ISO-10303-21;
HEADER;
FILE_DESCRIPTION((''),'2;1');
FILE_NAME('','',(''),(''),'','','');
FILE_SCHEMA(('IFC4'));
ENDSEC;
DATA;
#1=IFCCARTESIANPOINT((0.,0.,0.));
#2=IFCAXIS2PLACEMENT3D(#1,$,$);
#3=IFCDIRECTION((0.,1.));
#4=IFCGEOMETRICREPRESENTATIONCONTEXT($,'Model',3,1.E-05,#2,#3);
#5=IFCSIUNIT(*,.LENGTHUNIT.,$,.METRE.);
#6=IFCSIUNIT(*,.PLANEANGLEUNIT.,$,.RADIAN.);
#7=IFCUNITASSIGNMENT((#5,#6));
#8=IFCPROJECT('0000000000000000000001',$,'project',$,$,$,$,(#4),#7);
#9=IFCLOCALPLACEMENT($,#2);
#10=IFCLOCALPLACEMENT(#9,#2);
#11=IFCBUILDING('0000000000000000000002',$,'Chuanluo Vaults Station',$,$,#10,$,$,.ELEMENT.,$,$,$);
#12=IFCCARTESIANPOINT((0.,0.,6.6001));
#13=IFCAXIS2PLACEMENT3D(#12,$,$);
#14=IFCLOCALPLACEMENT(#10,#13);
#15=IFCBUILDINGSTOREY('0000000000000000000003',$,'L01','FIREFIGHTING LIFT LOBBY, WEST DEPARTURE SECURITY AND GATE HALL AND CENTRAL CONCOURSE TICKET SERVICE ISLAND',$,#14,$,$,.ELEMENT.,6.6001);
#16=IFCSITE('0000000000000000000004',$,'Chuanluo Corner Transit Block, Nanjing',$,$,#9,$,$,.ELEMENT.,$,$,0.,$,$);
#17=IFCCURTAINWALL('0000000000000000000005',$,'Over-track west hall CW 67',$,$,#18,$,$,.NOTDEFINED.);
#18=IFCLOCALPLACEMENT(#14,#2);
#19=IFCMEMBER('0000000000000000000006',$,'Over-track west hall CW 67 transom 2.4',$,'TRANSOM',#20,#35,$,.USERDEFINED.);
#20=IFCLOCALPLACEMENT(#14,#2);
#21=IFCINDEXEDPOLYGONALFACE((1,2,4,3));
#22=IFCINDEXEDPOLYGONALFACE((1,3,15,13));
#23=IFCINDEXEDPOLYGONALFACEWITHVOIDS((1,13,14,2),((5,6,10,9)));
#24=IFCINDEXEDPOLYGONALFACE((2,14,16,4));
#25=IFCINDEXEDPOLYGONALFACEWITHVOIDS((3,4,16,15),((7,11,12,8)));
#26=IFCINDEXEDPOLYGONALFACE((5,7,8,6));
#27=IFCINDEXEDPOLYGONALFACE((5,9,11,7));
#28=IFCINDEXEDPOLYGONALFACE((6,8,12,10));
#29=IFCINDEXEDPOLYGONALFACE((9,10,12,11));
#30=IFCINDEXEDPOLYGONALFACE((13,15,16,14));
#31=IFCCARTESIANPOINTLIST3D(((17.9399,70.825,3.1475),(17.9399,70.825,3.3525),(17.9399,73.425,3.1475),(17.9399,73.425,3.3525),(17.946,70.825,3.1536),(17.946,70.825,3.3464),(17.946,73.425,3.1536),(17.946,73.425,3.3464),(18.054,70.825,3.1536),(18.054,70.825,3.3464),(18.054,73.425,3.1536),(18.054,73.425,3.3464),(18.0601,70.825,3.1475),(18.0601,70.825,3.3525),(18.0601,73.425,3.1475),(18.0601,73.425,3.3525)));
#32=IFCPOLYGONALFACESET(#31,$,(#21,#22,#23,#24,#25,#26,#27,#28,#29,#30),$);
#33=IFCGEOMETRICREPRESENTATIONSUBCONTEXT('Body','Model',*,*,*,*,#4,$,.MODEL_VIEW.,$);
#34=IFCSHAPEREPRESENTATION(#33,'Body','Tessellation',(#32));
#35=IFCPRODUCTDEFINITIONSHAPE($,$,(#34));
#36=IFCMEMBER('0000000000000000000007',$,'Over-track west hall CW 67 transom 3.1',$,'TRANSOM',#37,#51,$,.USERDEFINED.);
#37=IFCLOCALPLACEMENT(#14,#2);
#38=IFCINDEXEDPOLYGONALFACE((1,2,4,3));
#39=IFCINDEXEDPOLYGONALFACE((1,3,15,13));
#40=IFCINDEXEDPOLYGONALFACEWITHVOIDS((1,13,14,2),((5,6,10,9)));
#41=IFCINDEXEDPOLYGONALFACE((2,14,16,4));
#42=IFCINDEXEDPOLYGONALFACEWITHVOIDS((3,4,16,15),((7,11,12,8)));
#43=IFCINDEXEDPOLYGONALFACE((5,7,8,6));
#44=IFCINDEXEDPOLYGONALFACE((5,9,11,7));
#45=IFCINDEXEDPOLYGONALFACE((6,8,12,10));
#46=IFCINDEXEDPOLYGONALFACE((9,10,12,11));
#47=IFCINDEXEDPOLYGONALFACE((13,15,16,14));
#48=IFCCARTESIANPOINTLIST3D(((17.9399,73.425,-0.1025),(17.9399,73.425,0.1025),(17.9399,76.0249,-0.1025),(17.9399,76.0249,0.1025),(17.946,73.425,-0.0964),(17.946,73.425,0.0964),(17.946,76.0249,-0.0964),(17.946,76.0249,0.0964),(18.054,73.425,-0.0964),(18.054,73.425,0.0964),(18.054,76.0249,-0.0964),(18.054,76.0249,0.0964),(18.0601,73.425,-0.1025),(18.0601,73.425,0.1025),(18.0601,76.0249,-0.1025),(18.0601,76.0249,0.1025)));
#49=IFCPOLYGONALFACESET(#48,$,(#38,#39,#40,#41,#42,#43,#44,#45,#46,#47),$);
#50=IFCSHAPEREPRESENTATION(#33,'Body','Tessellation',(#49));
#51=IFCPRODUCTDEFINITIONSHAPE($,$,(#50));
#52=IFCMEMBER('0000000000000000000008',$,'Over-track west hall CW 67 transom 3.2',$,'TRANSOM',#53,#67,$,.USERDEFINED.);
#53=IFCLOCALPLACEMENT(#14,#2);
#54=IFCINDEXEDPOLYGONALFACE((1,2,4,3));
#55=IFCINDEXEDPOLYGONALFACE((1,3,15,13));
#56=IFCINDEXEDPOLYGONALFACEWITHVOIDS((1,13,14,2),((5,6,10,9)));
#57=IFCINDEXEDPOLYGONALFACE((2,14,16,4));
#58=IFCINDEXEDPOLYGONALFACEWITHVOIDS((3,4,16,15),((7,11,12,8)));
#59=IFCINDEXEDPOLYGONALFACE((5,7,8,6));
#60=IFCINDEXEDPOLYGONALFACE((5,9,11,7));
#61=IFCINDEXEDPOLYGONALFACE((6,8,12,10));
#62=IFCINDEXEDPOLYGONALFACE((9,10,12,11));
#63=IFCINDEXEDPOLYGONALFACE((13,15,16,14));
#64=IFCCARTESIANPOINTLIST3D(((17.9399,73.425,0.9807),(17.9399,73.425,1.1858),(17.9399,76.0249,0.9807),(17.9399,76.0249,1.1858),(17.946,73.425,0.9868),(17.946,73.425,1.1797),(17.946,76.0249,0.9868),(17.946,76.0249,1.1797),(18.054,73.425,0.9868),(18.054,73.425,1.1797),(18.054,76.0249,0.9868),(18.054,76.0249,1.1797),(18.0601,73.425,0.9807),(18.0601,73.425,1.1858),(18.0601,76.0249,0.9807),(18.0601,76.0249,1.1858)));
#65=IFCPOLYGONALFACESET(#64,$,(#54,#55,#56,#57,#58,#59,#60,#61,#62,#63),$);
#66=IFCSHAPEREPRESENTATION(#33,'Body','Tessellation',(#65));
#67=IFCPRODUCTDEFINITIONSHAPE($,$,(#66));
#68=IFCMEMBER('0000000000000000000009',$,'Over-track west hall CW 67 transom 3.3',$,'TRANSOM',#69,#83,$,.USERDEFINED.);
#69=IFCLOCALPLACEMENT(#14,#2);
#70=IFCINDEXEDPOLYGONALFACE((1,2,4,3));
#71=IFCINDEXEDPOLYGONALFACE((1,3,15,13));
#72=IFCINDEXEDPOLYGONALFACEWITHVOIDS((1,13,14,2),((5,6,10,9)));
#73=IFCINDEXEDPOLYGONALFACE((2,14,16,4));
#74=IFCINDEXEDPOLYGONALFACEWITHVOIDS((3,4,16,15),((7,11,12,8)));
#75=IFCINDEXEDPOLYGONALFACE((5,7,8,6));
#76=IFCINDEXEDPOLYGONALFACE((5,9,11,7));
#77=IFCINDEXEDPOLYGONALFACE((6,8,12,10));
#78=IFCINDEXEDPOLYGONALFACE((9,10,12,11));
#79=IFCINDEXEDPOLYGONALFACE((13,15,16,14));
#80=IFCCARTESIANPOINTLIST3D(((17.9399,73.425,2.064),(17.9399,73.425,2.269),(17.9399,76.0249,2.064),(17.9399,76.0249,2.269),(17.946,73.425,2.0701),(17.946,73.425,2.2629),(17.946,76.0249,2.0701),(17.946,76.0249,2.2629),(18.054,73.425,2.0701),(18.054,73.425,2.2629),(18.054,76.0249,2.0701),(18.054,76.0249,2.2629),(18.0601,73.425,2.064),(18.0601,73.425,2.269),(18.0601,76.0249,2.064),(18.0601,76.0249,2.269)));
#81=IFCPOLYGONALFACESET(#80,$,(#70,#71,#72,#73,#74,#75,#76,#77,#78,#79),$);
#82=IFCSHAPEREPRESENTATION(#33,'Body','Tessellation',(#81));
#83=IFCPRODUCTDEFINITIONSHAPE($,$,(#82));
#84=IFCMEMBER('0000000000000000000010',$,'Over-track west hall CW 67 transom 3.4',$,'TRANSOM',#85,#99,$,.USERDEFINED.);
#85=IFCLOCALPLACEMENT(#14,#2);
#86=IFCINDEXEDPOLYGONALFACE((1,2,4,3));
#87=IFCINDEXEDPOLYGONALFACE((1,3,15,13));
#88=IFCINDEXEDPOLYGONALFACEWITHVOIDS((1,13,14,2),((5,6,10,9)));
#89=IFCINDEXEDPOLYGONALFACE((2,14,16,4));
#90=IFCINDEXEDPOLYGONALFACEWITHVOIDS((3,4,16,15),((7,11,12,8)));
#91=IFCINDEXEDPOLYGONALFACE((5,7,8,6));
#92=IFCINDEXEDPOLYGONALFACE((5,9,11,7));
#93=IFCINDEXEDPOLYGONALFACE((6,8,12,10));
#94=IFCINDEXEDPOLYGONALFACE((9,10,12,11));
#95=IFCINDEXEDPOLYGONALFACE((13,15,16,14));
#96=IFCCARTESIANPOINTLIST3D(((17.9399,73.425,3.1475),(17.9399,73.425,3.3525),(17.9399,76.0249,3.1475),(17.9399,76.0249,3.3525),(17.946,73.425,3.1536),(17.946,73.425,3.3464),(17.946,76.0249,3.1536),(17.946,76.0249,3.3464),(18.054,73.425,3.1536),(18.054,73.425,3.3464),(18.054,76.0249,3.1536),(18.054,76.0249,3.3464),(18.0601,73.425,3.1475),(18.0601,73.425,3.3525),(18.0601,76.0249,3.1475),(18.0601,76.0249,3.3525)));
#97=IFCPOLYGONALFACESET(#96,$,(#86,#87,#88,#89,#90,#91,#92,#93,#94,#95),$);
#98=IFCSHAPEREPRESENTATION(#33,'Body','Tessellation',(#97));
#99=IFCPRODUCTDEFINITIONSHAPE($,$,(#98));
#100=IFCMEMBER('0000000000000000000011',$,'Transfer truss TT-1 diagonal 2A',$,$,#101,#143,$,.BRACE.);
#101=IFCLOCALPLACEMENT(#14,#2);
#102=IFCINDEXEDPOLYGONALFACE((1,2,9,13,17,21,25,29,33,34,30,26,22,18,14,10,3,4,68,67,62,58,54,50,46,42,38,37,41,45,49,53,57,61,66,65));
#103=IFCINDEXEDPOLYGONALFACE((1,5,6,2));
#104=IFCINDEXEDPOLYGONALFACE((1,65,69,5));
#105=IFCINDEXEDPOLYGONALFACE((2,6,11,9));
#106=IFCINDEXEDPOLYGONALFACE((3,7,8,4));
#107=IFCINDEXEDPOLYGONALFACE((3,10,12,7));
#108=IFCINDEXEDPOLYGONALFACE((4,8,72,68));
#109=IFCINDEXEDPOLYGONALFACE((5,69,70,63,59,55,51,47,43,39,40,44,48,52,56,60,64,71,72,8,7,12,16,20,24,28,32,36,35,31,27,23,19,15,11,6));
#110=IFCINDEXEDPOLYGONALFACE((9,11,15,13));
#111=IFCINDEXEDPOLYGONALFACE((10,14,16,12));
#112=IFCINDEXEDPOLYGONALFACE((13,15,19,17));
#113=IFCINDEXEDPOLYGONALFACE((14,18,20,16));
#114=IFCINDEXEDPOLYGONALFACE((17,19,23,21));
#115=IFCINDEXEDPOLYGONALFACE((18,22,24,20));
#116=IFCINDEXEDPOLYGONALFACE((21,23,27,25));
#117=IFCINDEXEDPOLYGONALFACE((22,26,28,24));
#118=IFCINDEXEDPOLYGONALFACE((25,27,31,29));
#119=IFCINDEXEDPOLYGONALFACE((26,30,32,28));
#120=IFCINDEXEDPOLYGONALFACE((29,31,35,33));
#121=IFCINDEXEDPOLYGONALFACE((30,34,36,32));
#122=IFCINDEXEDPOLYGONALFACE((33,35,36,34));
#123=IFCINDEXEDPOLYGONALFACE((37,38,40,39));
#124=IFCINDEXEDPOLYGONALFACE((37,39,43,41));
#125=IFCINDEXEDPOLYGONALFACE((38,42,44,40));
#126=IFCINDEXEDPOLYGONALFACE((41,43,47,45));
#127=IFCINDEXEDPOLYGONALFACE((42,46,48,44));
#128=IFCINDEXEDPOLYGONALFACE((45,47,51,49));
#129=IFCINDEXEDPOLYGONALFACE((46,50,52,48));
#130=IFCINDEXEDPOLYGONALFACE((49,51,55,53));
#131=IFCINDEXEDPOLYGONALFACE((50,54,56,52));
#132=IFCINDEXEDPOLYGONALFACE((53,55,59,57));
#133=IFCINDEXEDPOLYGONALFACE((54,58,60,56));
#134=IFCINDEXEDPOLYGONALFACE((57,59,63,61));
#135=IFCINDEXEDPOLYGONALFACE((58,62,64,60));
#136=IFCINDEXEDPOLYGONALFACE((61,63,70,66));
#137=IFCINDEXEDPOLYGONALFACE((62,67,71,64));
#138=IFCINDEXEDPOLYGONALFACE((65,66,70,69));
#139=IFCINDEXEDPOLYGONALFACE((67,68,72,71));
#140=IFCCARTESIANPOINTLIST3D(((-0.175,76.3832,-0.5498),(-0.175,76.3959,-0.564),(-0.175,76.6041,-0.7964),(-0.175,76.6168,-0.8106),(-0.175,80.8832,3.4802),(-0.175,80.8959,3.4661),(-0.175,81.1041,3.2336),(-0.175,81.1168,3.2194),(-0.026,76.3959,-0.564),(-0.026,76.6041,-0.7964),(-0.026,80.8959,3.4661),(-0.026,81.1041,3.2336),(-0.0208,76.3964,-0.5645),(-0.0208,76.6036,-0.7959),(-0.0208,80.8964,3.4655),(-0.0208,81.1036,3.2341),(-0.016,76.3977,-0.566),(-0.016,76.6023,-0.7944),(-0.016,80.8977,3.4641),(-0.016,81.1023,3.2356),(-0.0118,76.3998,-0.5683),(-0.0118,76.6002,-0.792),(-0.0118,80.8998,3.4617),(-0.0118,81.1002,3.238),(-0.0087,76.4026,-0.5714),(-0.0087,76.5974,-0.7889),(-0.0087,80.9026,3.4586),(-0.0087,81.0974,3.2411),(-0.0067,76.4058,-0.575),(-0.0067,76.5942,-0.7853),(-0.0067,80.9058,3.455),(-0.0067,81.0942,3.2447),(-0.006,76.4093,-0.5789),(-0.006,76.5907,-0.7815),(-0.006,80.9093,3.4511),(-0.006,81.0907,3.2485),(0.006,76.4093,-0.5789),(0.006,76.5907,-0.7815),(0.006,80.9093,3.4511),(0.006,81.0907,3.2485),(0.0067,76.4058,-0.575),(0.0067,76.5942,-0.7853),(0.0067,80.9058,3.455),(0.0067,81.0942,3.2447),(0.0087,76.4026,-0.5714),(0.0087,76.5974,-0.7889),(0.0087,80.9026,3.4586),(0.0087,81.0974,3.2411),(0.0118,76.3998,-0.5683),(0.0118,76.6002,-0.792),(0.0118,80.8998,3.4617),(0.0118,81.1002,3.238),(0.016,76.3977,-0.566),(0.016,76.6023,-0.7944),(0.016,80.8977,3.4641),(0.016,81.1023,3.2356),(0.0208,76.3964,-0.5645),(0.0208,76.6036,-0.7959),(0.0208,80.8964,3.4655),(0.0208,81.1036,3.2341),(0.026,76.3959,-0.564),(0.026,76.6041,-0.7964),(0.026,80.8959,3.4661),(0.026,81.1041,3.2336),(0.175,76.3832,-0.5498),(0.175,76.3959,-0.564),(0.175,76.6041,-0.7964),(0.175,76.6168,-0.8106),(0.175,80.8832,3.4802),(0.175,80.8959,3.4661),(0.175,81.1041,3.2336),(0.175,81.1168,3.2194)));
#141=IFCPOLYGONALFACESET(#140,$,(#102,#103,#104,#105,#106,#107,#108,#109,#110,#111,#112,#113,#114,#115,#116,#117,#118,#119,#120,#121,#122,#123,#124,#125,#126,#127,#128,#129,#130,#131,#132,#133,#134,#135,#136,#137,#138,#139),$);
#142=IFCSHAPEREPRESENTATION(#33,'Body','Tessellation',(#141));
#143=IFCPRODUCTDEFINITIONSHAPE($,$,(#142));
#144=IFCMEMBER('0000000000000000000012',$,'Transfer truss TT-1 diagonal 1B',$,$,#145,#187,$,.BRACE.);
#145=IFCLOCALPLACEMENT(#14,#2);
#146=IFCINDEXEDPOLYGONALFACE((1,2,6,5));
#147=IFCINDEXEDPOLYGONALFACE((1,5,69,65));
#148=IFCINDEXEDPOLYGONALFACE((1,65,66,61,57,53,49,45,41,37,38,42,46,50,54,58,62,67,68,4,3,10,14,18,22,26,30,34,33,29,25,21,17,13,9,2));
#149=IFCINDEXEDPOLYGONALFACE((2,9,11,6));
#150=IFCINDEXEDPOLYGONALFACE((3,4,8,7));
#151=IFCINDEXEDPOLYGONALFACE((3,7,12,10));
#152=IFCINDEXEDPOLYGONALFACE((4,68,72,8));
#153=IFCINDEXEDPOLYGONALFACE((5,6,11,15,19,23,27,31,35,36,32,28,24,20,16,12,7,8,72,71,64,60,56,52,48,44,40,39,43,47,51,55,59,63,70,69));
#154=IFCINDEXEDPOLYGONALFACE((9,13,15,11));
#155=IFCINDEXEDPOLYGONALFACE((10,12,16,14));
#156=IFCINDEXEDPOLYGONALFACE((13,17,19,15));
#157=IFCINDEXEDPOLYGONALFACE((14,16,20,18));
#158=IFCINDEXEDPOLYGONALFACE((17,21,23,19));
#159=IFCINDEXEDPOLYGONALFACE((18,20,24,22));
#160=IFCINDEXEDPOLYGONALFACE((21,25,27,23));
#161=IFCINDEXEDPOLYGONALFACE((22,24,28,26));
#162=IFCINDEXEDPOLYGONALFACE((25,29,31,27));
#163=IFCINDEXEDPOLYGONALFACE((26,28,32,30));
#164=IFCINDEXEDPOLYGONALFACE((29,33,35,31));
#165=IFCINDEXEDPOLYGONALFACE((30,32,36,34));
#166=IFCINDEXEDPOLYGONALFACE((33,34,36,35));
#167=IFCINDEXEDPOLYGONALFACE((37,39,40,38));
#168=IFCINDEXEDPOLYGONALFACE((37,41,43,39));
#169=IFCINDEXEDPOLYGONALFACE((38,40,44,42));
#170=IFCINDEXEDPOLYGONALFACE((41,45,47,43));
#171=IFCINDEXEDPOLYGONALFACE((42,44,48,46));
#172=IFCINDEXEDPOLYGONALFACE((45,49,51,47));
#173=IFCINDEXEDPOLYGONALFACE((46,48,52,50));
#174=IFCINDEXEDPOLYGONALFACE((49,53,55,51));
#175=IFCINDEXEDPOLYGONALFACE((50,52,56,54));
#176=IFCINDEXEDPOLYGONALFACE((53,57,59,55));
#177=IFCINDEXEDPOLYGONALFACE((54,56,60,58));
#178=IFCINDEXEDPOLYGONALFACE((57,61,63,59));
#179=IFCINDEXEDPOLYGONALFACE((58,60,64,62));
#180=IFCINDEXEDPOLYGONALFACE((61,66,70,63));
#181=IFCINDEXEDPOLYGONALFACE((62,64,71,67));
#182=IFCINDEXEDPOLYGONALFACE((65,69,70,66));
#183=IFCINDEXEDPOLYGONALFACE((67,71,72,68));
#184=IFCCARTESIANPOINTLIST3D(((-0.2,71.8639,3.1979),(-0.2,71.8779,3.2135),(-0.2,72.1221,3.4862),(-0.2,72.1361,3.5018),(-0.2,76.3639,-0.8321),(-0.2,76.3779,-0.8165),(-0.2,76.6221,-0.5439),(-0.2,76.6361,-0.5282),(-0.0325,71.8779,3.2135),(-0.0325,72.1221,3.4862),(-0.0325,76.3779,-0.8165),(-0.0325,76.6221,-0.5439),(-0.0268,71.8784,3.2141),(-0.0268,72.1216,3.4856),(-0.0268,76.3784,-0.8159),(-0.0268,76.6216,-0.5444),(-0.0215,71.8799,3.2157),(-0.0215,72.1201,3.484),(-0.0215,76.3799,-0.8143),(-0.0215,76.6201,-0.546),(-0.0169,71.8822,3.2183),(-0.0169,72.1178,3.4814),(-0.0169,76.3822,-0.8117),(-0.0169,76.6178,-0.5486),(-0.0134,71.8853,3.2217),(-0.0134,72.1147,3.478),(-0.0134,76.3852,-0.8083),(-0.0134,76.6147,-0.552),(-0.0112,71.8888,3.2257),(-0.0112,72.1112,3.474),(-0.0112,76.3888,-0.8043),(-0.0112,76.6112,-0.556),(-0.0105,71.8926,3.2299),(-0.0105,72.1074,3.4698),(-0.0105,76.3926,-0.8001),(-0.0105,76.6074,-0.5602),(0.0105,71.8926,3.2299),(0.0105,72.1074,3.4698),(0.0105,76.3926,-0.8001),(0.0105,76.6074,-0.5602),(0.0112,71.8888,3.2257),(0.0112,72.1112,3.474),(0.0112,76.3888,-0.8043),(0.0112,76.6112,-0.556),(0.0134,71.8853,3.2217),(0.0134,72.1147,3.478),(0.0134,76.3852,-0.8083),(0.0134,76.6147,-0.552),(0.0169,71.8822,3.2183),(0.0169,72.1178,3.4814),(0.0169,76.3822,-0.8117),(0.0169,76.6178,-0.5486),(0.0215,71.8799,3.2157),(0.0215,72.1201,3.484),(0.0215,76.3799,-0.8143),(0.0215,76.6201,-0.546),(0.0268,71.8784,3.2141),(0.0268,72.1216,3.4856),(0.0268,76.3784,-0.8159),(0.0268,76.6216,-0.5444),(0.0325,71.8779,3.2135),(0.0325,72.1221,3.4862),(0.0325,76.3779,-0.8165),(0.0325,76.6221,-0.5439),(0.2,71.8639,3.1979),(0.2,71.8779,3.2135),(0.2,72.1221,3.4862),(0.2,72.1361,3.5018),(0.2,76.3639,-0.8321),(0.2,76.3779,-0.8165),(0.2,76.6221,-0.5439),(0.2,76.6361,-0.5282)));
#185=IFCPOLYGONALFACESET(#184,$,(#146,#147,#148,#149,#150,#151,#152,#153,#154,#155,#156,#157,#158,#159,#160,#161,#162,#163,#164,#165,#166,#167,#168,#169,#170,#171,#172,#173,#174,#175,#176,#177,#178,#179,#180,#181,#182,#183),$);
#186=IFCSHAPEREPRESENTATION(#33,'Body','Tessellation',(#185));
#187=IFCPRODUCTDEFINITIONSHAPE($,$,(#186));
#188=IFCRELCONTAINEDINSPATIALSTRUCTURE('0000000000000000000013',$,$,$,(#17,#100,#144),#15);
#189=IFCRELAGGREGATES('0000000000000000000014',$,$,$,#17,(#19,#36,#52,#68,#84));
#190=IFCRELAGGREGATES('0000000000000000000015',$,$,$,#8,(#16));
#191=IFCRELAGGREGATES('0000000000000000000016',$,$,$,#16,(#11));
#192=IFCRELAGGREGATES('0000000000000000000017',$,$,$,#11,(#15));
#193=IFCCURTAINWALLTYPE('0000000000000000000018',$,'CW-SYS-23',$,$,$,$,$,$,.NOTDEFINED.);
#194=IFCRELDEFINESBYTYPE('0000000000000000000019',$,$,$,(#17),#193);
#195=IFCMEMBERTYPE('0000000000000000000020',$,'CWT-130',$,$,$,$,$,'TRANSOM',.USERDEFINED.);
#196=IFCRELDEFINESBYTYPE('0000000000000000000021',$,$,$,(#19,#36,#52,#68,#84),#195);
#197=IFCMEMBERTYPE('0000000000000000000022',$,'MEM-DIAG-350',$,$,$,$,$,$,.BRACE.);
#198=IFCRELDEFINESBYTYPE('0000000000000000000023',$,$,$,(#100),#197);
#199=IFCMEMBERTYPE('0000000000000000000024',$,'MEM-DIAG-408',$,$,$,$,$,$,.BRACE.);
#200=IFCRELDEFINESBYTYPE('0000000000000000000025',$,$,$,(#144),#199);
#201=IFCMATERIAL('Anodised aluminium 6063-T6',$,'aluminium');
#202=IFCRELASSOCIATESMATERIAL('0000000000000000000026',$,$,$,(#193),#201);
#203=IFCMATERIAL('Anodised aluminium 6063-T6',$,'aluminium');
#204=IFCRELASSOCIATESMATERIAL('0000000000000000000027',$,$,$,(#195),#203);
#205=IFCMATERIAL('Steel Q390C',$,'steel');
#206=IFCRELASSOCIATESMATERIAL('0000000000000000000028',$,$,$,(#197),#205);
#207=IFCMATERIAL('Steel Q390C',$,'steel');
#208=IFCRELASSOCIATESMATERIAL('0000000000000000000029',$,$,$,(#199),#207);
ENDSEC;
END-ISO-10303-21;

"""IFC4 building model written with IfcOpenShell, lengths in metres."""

from ifc_helpers import new_model, si_unit, direction, frame, origin, origin_2d, place, context, subcontext, project, spatial, hollow_rectangle, i_section, extrude, material, material_profile, profile_set, type_object, element, aggregate, save


model = new_model("IFC4")

# Units and contexts
model_context = context("Model", 3, precision=1e-05, world=origin(), true_north=direction((0.0, 1.0)))
body_context = subcontext(model_context, "Body", "Model", "MODEL_VIEW")
ifc_project = project(units=[si_unit("LENGTHUNIT", "METRE"), si_unit("PLANEANGLEUNIT", "RADIAN")], contexts=[model_context])

# Site, building, storey
site_placement = place(None, origin())
site = spatial("IfcSite", under=ifc_project, at=site_placement, Name="Chuanluo Corner Transit Block, Nanjing", CompositionType="ELEMENT", RefElevation=0.0)
building_placement = place(site_placement, origin())
building = spatial("IfcBuilding", under=site, at=building_placement, Name="Chuanluo Vaults Station", CompositionType="ELEMENT")
storey_placement = place(building_placement, frame((0.0, 0.0, 6.6001)))
storey = spatial("IfcBuildingStorey", under=building, at=storey_placement, Name="L01", Description="FIREFIGHTING LIFT LOBBY, WEST DEPARTURE SECURITY AND GATE HALL AND CENTRAL CONCOURSE TICKET SERVICE ISLAND", CompositionType="ELEMENT", Elevation=6.6001)

# Curtain wall, members
ifc_material_1 = material(Name="Anodised aluminium 6063-T6", Category="aluminium")
curtain_wall_type = type_object("IfcCurtainWallType", Name="CW-SYS-23", PredefinedType="NOTDEFINED", material=ifc_material_1)
curtain_wall_placement = place(storey_placement, origin())
curtain_wall = element("IfcCurtainWall", 1, at=curtain_wall_placement, inside=storey, type_object=curtain_wall_type, Name="Over-track west hall CW 67", PredefinedType="NOTDEFINED")
ifc_material_2 = material(Name="Anodised aluminium 6063-T6", Category="aluminium")
ifc_material_profile_1 = material_profile(ifc_material_2, hollow_rectangle(XDim=0.1201, YDim=0.2051, WallThickness=0.0061, at=origin_2d()))
ifc_profile_set_1 = profile_set([ifc_material_profile_1], Name="Anodised aluminium 6063-T6")
member_type_1 = type_object("IfcMemberType", Name="CWT-130", ElementType="TRANSOM", PredefinedType="USERDEFINED", material=ifc_profile_set_1)
member_1_placement = place(storey_placement, frame((18.0, 70.825, 3.25), z_axis=(0.0, 1.0, 0.0), x_axis=(-1.0, 0.0, 0.0)))
member_1 = element("IfcMember", 2, at=member_1_placement, type_object=member_type_1, Name="Over-track west hall CW 67 transom 2.4", ObjectType="TRANSOM", PredefinedType="USERDEFINED", context=body_context, shape_type="SweptSolid", body=[
    extrude(hollow_rectangle(XDim=0.1201, YDim=0.2051, WallThickness=0.0061, at=origin_2d()), origin(), (0.0, 0.0, 1.0), 2.6001),
])
member_2_placement = place(storey_placement, frame((18.0, 73.425, 0.0), z_axis=(0.0, 1.0, 0.0), x_axis=(-1.0, 0.0, 0.0)))
member_2 = element("IfcMember", 3, at=member_2_placement, type_object=member_type_1, Name="Over-track west hall CW 67 transom 3.1", ObjectType="TRANSOM", PredefinedType="USERDEFINED", context=body_context, shape_type="SweptSolid", body=[
    extrude(hollow_rectangle(XDim=0.1201, YDim=0.2051, WallThickness=0.0061, at=origin_2d()), origin(), (0.0, 0.0, 1.0), 2.5999),
])
member_3_placement = place(storey_placement, frame((18.0, 73.425, 1.0833), z_axis=(0.0, 1.0, 0.0), x_axis=(-1.0, 0.0, 0.0)))
member_3 = element("IfcMember", 4, at=member_3_placement, type_object=member_type_1, Name="Over-track west hall CW 67 transom 3.2", ObjectType="TRANSOM", PredefinedType="USERDEFINED", context=body_context, shape_type="SweptSolid", body=[
    extrude(hollow_rectangle(XDim=0.1201, YDim=0.2051, WallThickness=0.0061, at=origin_2d()), origin(), (0.0, 0.0, 1.0), 2.5999),
])
member_4_placement = place(storey_placement, frame((18.0, 73.425, 2.1665), z_axis=(0.0, 1.0, 0.0), x_axis=(-1.0, 0.0, 0.0)))
member_4 = element("IfcMember", 5, at=member_4_placement, type_object=member_type_1, Name="Over-track west hall CW 67 transom 3.3", ObjectType="TRANSOM", PredefinedType="USERDEFINED", context=body_context, shape_type="SweptSolid", body=[
    extrude(hollow_rectangle(XDim=0.1201, YDim=0.2051, WallThickness=0.0061, at=origin_2d()), origin(), (0.0, 0.0, 1.0), 2.5999),
])
member_5_placement = place(storey_placement, frame((18.0, 73.425, 3.25), z_axis=(0.0, 1.0, 0.0), x_axis=(-1.0, 0.0, 0.0)))
member_5 = element("IfcMember", 6, at=member_5_placement, type_object=member_type_1, Name="Over-track west hall CW 67 transom 3.4", ObjectType="TRANSOM", PredefinedType="USERDEFINED", context=body_context, shape_type="SweptSolid", body=[
    extrude(hollow_rectangle(XDim=0.1201, YDim=0.2051, WallThickness=0.0061, at=origin_2d()), origin(), (0.0, 0.0, 1.0), 2.5999),
])

# Members
ifc_material_3 = material(Name="Steel Q390C", Category="steel")
ifc_material_profile_2 = material_profile(ifc_material_3, i_section(OverallWidth=0.3501, OverallDepth=0.3501, WebThickness=0.012, FlangeThickness=0.019, FilletRadius=0.02, at=origin_2d()))
ifc_profile_set_2 = profile_set([ifc_material_profile_2], Name="Steel Q390C")
member_type_2 = type_object("IfcMemberType", Name="MEM-DIAG-350", PredefinedType="BRACE", material=ifc_profile_set_2)
member_6_placement = place(storey_placement, frame((0.0, 76.5, -0.6802), z_axis=(0.0, 0.744936, 0.667136), x_axis=(-1.0, 0.0, 0.0)))
element("IfcMember", 7, at=member_6_placement, inside=storey, type_object=member_type_2, Name="Transfer truss TT-1 diagonal 2A", PredefinedType="BRACE", context=body_context, shape_type="SweptSolid", body=[
    extrude(i_section(OverallWidth=0.3501, OverallDepth=0.3501, WebThickness=0.012, FlangeThickness=0.019, FilletRadius=0.02, at=origin_2d()), origin(), (0.0, 0.0, 1.0), 6.0408),
])
ifc_material_4 = material(Name="Steel Q390C", Category="steel")
ifc_material_profile_3 = material_profile(ifc_material_4, i_section(OverallWidth=0.3999, OverallDepth=0.408, WebThickness=0.021, FlangeThickness=0.021, FilletRadius=0.022, at=origin_2d()))
ifc_profile_set_3 = profile_set([ifc_material_profile_3], Name="Steel Q390C")
member_type_3 = type_object("IfcMemberType", Name="MEM-DIAG-408", PredefinedType="BRACE", material=ifc_profile_set_3)
for number, where, z_axis, x_axis, name in (
    (8, (0.0, 72.0, 3.3499), (0.0, 0.744936, -0.667136), (-1.0, 0.0, 0.0), "Transfer truss TT-1 diagonal 1B"),
):
    element("IfcMember", number, at=place(storey_placement, frame(where, z_axis=z_axis, x_axis=x_axis)), inside=storey, type_object=member_type_3, Name=name, PredefinedType="BRACE", context=body_context, shape_type="SweptSolid", body=[
        extrude(i_section(OverallWidth=0.3999, OverallDepth=0.408, WebThickness=0.021, FlangeThickness=0.021, FilletRadius=0.022, at=origin_2d()), origin(), (0.0, 0.0, 1.0), 6.0408),
    ])

aggregate(curtain_wall, [member_1, member_2, member_3, member_4, member_5])

save(model, "model.ifc")
